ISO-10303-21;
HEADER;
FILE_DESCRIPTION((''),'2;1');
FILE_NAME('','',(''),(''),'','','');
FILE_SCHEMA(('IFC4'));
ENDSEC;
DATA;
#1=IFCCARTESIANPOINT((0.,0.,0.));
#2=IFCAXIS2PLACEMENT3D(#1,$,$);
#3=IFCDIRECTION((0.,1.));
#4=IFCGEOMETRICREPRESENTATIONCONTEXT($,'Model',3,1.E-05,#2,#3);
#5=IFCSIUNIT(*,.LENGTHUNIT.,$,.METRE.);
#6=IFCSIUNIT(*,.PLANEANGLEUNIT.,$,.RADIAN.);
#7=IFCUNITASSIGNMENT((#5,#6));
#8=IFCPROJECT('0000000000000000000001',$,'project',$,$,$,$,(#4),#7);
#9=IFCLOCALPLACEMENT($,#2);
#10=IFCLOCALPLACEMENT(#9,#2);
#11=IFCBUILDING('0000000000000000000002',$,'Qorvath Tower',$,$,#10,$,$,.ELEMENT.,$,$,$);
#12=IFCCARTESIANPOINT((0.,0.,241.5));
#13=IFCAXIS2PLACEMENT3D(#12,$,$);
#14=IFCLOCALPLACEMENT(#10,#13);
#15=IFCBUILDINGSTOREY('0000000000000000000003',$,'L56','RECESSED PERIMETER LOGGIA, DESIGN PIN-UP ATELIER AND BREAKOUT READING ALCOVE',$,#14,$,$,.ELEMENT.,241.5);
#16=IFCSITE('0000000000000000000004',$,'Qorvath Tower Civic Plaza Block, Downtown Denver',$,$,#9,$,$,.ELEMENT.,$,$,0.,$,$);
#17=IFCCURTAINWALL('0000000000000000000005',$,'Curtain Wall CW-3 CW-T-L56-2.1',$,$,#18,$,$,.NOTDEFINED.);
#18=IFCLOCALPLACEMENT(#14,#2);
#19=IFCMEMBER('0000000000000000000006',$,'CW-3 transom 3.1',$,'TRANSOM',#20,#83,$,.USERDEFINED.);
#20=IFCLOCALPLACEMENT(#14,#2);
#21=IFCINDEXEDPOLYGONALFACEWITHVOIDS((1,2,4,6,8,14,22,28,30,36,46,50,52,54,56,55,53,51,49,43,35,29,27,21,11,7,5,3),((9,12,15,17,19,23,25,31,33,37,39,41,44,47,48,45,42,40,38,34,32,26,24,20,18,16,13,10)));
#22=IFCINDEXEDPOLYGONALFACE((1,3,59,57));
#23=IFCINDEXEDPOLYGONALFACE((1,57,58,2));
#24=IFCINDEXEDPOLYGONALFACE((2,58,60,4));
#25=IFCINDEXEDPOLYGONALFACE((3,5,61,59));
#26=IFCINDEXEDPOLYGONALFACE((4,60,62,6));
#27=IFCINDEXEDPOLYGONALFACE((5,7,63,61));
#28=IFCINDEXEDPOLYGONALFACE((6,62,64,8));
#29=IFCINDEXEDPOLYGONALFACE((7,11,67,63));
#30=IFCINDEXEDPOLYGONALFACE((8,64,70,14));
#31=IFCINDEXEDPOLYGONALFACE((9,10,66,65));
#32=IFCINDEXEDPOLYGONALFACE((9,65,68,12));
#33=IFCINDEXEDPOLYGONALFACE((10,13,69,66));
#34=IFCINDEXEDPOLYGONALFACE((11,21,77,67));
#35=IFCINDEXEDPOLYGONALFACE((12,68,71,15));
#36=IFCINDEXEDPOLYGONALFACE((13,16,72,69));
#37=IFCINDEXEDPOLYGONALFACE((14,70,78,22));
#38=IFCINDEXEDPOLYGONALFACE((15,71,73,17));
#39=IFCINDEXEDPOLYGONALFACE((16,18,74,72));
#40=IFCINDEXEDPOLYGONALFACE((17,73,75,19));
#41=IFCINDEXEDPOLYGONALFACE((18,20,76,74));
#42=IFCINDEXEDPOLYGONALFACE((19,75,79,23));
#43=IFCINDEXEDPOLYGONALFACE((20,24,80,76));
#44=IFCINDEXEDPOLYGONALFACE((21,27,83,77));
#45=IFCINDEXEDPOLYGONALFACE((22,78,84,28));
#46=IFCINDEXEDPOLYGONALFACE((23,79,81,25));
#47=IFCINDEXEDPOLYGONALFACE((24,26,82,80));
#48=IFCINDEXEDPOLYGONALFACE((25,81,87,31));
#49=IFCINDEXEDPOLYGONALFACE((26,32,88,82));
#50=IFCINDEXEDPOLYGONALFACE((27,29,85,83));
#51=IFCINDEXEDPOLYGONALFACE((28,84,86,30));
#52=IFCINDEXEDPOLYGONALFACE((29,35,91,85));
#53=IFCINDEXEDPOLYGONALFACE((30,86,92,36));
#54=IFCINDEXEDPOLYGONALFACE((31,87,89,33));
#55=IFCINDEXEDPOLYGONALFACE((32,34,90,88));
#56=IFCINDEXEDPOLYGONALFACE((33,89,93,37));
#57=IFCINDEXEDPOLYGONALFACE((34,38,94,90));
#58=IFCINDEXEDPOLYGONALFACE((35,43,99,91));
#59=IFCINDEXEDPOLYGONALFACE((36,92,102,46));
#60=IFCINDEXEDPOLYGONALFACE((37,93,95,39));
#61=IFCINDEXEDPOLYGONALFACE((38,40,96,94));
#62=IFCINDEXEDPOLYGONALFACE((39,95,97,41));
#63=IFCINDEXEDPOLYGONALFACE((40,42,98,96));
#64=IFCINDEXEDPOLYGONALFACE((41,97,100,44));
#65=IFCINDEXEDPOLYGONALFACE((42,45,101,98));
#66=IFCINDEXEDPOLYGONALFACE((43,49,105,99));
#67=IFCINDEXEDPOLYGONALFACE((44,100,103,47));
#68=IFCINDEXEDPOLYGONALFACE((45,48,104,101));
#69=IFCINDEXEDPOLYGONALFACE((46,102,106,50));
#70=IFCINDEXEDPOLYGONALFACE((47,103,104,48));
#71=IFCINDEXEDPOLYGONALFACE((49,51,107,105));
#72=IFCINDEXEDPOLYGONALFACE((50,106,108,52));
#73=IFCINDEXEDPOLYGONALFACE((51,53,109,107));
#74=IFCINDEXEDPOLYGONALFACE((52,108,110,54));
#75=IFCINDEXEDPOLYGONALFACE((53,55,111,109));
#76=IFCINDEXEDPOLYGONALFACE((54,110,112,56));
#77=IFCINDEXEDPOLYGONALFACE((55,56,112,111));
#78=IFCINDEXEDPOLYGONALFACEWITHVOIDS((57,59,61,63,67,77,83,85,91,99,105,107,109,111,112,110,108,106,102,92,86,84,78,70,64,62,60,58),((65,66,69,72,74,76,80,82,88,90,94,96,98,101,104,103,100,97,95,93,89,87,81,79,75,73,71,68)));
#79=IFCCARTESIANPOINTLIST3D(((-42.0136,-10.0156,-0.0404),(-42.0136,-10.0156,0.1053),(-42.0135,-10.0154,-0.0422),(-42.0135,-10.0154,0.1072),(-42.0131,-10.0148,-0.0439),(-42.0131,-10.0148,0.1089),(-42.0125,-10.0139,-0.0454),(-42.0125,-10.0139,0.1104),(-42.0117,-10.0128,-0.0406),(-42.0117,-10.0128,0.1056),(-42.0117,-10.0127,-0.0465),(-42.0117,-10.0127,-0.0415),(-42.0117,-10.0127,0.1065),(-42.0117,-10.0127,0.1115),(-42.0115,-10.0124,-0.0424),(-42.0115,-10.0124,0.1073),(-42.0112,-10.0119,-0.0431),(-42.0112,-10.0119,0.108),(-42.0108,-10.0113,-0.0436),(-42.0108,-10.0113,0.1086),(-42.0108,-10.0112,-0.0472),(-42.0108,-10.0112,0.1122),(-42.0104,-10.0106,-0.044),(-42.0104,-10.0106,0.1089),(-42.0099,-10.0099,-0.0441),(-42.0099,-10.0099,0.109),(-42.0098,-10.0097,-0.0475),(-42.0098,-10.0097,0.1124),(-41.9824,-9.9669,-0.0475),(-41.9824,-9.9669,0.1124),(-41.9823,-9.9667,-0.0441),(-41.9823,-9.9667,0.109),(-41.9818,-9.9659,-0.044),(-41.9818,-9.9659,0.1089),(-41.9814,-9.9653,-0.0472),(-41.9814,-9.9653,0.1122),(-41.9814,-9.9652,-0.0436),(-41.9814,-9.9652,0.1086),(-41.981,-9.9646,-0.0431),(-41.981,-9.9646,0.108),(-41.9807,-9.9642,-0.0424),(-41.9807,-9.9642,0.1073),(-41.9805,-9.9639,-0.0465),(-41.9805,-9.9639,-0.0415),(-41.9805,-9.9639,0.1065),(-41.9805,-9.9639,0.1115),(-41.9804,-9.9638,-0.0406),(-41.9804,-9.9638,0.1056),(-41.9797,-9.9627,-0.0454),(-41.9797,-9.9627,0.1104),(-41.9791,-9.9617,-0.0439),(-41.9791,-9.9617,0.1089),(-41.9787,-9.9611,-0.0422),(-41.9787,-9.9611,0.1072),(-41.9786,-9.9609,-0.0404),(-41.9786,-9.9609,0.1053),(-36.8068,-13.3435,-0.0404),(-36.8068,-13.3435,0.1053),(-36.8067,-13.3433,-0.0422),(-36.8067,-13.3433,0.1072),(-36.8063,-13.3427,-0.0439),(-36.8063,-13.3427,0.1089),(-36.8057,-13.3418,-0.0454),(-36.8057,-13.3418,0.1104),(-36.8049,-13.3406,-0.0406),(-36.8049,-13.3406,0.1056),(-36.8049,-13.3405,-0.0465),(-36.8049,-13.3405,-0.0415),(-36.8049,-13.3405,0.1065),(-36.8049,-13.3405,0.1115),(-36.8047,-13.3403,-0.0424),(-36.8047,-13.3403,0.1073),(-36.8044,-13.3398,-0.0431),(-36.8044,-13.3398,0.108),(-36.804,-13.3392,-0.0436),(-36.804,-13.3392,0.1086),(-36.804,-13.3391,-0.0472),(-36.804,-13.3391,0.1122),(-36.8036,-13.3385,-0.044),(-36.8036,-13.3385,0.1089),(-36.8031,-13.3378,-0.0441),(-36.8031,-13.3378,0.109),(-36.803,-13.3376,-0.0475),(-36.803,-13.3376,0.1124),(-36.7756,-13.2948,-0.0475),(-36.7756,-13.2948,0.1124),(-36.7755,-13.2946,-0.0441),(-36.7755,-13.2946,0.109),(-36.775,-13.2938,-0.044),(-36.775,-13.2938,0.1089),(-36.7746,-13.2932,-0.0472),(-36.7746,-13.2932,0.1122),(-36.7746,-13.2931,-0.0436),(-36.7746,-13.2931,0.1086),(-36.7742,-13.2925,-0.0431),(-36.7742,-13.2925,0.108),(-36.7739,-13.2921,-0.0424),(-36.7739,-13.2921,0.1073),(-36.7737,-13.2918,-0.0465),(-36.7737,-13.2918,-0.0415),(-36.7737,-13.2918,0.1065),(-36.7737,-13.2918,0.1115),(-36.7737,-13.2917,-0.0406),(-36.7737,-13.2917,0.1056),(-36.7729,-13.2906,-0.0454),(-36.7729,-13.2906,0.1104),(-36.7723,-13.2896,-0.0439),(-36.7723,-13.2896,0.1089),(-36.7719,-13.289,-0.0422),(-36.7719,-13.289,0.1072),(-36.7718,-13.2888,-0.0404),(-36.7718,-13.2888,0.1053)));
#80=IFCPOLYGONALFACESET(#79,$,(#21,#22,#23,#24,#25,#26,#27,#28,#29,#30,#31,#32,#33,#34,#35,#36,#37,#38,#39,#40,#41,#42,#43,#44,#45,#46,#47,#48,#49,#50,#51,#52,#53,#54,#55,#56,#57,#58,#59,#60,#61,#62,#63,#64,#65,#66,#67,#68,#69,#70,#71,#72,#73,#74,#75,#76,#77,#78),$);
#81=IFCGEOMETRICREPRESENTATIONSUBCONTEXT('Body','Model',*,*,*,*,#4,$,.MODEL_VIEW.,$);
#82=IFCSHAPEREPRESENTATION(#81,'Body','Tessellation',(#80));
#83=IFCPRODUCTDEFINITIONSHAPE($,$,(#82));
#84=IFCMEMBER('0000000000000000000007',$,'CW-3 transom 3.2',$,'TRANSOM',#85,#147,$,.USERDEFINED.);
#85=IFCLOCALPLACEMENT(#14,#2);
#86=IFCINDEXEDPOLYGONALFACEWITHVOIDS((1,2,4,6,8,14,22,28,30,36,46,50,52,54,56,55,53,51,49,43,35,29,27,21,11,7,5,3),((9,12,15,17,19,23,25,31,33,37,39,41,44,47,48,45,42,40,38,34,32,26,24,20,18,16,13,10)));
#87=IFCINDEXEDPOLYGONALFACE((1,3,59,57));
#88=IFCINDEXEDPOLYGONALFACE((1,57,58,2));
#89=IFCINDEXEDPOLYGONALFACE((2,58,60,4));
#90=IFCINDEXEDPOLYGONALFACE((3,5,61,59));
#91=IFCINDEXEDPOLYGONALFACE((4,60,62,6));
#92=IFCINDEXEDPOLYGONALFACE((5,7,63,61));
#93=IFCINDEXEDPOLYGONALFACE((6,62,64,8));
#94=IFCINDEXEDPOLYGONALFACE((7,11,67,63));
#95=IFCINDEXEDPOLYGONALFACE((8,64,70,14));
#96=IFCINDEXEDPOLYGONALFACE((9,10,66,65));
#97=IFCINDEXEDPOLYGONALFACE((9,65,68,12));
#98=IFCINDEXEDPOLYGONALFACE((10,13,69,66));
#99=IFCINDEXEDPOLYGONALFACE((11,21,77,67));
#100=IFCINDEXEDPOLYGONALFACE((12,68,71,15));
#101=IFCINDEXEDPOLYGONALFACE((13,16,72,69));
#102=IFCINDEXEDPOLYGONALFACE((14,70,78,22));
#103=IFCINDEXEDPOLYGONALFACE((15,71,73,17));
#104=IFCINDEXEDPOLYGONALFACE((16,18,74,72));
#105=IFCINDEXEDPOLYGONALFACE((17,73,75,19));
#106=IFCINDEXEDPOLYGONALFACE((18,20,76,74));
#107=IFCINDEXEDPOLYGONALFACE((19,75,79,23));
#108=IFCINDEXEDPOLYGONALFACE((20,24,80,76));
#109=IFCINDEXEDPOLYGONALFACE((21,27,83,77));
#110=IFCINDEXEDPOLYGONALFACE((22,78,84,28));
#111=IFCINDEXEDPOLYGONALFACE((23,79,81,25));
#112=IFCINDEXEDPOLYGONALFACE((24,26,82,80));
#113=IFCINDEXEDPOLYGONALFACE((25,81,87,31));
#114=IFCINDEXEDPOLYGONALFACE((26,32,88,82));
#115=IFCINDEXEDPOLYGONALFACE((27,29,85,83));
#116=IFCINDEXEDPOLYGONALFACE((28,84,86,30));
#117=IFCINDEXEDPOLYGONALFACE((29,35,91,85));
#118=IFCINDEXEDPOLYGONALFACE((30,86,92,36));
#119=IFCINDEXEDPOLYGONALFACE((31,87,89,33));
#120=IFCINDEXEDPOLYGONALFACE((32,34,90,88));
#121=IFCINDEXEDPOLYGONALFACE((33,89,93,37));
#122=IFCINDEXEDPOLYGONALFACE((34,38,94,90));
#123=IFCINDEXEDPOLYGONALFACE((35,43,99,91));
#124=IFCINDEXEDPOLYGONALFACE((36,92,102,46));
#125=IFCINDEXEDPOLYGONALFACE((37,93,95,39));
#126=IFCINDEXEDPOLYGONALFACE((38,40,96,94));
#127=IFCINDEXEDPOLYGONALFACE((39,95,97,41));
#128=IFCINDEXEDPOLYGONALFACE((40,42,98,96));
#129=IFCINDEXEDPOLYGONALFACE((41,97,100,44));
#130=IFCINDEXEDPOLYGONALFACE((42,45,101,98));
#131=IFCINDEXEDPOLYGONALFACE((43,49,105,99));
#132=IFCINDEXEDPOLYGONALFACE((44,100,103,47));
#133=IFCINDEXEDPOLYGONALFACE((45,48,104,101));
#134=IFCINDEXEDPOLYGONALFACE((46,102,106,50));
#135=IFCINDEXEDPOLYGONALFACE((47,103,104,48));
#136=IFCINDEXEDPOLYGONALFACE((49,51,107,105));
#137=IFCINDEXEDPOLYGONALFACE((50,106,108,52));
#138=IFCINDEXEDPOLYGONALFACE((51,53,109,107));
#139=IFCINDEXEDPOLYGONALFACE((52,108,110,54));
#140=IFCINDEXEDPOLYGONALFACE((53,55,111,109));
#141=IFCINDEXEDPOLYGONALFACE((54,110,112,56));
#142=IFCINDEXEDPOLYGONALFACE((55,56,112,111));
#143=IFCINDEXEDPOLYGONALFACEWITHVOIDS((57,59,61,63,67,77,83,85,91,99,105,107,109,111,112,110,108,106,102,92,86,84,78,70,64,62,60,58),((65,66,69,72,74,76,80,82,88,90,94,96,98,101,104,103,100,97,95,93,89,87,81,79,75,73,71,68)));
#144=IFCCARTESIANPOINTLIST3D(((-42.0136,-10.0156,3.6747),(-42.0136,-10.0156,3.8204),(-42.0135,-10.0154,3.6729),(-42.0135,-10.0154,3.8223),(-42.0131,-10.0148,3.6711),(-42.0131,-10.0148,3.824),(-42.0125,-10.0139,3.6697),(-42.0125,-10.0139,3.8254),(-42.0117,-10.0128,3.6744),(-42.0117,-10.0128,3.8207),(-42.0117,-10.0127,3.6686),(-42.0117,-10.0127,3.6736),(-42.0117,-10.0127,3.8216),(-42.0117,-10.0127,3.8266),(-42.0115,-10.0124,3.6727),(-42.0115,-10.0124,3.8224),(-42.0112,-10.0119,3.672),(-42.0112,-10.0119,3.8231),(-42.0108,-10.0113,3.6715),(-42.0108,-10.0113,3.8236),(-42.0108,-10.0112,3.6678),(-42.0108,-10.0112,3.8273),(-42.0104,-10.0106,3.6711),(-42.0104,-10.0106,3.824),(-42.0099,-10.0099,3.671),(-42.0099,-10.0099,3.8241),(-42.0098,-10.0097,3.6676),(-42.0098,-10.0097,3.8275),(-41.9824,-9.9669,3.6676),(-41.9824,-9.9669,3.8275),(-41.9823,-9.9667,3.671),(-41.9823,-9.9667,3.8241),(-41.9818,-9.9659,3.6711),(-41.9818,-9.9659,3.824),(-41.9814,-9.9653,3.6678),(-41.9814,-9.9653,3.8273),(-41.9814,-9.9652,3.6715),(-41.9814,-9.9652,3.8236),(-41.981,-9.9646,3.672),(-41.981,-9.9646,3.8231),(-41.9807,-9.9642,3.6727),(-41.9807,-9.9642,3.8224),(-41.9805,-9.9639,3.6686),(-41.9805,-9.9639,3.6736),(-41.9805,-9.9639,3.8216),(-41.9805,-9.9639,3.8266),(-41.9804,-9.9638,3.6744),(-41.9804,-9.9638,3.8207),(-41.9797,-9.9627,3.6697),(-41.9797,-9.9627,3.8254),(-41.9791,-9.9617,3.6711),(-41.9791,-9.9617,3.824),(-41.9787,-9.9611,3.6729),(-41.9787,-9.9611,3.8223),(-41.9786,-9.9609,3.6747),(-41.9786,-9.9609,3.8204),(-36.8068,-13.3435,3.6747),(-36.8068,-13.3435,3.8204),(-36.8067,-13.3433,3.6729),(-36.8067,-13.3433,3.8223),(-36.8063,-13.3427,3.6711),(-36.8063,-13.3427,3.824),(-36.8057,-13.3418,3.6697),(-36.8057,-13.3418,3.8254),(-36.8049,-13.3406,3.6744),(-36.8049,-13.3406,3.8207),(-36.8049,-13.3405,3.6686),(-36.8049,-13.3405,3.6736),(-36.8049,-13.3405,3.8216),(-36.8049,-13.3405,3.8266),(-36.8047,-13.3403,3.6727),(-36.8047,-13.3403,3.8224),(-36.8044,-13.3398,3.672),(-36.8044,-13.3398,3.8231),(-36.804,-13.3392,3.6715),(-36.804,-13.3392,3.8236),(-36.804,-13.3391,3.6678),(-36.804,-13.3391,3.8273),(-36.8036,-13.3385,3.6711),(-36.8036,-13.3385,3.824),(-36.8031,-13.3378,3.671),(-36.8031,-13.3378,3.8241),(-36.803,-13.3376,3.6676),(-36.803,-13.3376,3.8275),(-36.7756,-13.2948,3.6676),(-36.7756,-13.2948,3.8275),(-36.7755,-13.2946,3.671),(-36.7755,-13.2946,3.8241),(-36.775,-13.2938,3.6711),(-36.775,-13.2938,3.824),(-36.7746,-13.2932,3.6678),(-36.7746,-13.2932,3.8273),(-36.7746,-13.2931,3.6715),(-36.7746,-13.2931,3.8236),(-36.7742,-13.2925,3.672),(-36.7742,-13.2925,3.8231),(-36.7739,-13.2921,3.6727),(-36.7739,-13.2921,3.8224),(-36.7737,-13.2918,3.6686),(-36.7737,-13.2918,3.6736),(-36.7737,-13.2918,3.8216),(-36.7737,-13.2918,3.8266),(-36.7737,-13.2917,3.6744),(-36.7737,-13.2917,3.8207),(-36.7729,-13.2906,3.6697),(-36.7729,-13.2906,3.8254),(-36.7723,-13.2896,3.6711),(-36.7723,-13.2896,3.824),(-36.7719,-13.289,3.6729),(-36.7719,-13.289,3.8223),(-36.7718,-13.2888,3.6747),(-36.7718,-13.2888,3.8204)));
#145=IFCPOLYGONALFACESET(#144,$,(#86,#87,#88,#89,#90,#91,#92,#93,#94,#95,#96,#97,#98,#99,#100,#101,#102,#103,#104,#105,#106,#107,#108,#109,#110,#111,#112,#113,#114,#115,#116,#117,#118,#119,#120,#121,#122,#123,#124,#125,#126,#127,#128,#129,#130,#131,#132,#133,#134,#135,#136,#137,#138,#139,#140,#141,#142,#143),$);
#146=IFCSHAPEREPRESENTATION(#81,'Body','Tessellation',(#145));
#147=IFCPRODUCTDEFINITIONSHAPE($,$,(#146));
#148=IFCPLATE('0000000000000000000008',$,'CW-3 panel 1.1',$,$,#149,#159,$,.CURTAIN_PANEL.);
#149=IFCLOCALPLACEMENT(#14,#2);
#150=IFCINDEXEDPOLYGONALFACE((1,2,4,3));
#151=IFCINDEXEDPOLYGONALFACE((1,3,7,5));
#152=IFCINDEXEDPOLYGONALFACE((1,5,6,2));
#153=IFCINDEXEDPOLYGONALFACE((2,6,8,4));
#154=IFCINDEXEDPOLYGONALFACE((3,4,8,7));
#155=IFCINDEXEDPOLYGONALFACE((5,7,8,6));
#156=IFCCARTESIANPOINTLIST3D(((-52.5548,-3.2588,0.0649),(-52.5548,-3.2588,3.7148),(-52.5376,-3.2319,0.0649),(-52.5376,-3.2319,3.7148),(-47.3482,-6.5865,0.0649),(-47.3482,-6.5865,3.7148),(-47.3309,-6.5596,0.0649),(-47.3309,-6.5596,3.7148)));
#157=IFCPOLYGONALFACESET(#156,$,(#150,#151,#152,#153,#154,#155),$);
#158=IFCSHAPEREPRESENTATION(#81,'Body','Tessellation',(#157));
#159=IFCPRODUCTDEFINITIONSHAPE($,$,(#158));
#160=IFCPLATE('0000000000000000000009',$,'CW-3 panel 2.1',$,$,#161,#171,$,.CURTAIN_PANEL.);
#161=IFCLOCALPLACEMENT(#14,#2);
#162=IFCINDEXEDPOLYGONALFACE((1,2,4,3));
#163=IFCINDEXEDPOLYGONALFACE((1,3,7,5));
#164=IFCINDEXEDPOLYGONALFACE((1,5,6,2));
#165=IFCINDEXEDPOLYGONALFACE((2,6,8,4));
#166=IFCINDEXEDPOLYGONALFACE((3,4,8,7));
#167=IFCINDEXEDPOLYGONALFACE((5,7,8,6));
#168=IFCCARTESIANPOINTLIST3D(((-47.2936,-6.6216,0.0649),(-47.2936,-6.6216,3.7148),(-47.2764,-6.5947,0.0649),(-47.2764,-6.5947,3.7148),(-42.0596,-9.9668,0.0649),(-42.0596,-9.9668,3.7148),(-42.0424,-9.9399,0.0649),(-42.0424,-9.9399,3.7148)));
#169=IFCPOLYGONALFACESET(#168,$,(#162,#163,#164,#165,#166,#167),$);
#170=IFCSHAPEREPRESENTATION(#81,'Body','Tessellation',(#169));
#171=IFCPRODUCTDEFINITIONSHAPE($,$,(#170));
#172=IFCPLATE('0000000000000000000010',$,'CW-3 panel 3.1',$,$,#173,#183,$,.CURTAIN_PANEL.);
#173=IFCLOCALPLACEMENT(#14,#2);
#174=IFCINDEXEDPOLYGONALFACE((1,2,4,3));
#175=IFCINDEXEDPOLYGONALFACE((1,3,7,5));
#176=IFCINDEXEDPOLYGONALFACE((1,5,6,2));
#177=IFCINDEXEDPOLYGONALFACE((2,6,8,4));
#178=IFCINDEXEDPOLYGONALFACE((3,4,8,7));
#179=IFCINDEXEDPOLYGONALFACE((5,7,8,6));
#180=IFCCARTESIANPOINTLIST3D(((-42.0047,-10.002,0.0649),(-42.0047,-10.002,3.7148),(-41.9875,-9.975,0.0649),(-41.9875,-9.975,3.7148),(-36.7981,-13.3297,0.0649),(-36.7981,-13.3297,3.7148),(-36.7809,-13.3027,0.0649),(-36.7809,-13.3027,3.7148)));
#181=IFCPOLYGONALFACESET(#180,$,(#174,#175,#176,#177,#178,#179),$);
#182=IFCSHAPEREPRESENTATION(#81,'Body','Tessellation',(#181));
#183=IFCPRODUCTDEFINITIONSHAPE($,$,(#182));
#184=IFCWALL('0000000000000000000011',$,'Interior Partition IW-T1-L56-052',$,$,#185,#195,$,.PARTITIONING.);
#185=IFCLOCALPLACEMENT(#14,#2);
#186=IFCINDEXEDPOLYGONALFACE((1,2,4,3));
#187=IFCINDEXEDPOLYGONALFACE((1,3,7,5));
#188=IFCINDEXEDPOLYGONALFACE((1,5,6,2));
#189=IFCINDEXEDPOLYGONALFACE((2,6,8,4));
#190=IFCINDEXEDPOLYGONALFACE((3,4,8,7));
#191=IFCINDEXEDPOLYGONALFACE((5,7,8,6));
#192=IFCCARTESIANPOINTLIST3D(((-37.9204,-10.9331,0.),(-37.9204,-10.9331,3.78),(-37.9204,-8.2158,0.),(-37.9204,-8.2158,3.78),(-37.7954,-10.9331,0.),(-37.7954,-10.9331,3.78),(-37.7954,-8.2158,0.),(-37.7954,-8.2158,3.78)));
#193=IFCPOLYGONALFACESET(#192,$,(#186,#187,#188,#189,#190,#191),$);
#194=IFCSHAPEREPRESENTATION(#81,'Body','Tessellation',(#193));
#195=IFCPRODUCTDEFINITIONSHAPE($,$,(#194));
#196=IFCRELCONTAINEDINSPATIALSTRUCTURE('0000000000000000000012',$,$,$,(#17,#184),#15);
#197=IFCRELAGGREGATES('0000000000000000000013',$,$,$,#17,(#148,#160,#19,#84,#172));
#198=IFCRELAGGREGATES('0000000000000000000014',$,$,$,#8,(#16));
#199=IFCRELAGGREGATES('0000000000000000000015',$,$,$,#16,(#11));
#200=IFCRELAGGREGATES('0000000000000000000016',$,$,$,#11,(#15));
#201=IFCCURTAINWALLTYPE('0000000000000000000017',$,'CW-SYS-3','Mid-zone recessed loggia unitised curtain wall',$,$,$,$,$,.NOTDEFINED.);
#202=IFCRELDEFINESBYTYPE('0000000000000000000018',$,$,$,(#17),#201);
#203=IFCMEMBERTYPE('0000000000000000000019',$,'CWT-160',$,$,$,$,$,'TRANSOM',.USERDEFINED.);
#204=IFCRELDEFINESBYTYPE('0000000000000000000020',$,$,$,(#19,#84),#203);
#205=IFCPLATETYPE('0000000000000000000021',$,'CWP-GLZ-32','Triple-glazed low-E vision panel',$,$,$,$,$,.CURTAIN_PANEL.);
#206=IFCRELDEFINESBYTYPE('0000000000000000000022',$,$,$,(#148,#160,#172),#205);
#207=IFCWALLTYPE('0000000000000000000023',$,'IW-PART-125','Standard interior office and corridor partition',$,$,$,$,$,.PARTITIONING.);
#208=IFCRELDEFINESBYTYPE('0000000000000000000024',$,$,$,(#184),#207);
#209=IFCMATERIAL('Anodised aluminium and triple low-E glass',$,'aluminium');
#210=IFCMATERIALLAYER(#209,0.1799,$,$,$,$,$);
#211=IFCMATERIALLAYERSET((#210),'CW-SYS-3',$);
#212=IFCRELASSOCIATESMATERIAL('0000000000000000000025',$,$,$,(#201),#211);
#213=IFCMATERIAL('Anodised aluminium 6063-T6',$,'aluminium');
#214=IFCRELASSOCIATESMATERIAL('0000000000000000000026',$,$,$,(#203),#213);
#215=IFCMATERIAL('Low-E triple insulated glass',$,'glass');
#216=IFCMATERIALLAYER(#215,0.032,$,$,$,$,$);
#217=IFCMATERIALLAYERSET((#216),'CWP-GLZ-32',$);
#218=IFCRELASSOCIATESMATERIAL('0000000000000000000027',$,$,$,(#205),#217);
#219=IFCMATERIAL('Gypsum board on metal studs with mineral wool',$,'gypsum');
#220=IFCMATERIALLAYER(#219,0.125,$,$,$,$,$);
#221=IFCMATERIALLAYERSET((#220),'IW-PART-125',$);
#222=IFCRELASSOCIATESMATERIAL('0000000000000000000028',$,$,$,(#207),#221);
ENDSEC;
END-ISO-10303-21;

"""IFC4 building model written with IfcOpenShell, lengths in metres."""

from ifc_helpers import new_model, si_unit, direction, frame, frame_2d, origin, origin_2d, place, context, subcontext, project, spatial, rectangle, hollow_rectangle, extrude, material, layer, layer_set, material_profile, profile_set, type_object, element, aggregate, save


model = new_model("IFC4")

# Units and contexts
model_context = context("Model", 3, precision=1e-05, world=origin(), true_north=direction((0.0, 1.0)))
body_context = subcontext(model_context, "Body", "Model", "MODEL_VIEW")
ifc_project = project(units=[si_unit("LENGTHUNIT", "METRE"), si_unit("PLANEANGLEUNIT", "RADIAN")], contexts=[model_context])

# Site, building, storey
site_placement = place(None, origin())
site = spatial("IfcSite", under=ifc_project, at=site_placement, Name="Qorvath Tower Civic Plaza Block, Downtown Denver", CompositionType="ELEMENT", RefElevation=0.0)
building_placement = place(site_placement, origin())
building = spatial("IfcBuilding", under=site, at=building_placement, Name="Qorvath Tower", CompositionType="ELEMENT")
storey_placement = place(building_placement, frame((0.0, 0.0, 241.5)))
storey = spatial("IfcBuildingStorey", under=building, at=storey_placement, Name="L56", Description="RECESSED PERIMETER LOGGIA, DESIGN PIN-UP ATELIER AND BREAKOUT READING ALCOVE", CompositionType="ELEMENT", Elevation=241.5)

# Curtain wall, members, plates
ifc_material_1 = material(Name="Anodised aluminium and triple low-E glass", Category="aluminium")
ifc_layer_1 = layer(ifc_material_1, 0.1799)
ifc_layer_set_1 = layer_set([ifc_layer_1], Name="CW-SYS-3")
curtain_wall_type = type_object("IfcCurtainWallType", Name="CW-SYS-3", Description="Mid-zone recessed loggia unitised curtain wall", PredefinedType="NOTDEFINED", material=ifc_layer_set_1)
curtain_wall_placement = place(storey_placement, origin())
curtain_wall = element("IfcCurtainWall", 1, at=curtain_wall_placement, inside=storey, type_object=curtain_wall_type, Name="Curtain Wall CW-3 CW-T-L56-2.1", PredefinedType="NOTDEFINED")
ifc_material_2 = material(Name="Anodised aluminium 6063-T6", Category="aluminium")
ifc_material_profile_1 = material_profile(ifc_material_2, hollow_rectangle(XDim=0.0649, YDim=0.1599, WallThickness=0.0034, InnerFilletRadius=0.0034, OuterFilletRadius=0.0071, at=origin_2d()), Name="CWT 160x65")
ifc_profile_set_1 = profile_set([ifc_material_profile_1], Name="Anodised aluminium 6063-T6")
member_type_1 = type_object("IfcMemberType", Name="CWT-160", ElementType="TRANSOM", PredefinedType="USERDEFINED", material=ifc_profile_set_1)
member_1_placement = place(storey_placement, frame((-41.9961, -9.9883, 0.0325), z_axis=(0.842599, -0.538541, 0.0), x_axis=(0.538541, 0.842599, 0.0)))
member_1 = element("IfcMember", 2, at=member_1_placement, type_object=member_type_1, Name="CW-3 transom 3.1", ObjectType="TRANSOM", PredefinedType="USERDEFINED", context=body_context, shape_type="SweptSolid", body=[
    extrude(hollow_rectangle(XDim=0.0649, YDim=0.1599, WallThickness=0.0034, InnerFilletRadius=0.0034, OuterFilletRadius=0.0071, at=origin_2d()), origin(), (0.0, 0.0, 1.0), 6.1794),
])
member_2_placement = place(storey_placement, frame((-41.9961, -9.9883, 3.7476), z_axis=(0.842599, -0.538541, 0.0), x_axis=(0.538541, 0.842599, 0.0)))
member_2 = element("IfcMember", 3, at=member_2_placement, type_object=member_type_1, Name="CW-3 transom 3.2", ObjectType="TRANSOM", PredefinedType="USERDEFINED", context=body_context, shape_type="SweptSolid", body=[
    extrude(hollow_rectangle(XDim=0.0649, YDim=0.1599, WallThickness=0.0034, InnerFilletRadius=0.0034, OuterFilletRadius=0.0071, at=origin_2d()), origin(), (0.0, 0.0, 1.0), 6.1794),
])
ifc_material_3 = material(Name="Low-E triple insulated glass", Category="glass")
ifc_layer_2 = layer(ifc_material_3, 0.032)
ifc_layer_set_2 = layer_set([ifc_layer_2], Name="CWP-GLZ-32")
plate_type = type_object("IfcPlateType", Name="CWP-GLZ-32", Description="Triple-glazed low-E vision panel", PredefinedType="CURTAIN_PANEL", material=ifc_layer_set_2)
plate_1_placement = place(storey_placement, frame((-49.9429, -4.9092, 0.0649), z_axis=(0.0, 0.0, 1.0), x_axis=(0.842605, -0.538531, 0.0)))
plate_1 = element("IfcPlate", 4, at=plate_1_placement, type_object=plate_type, Name="CW-3 panel 1.1", PredefinedType="CURTAIN_PANEL", context=body_context, shape_type="SweptSolid", body=[
    extrude(rectangle(XDim=6.1792, YDim=0.032, at=origin_2d()), origin(), (0.0, 0.0, 1.0), 3.6499),
])
plate_2_placement = place(storey_placement, frame((-44.668, -8.2808, 0.0649), z_axis=(0.0, 0.0, 1.0), x_axis=(0.842605, -0.538531, 0.0)))
plate_2 = element("IfcPlate", 5, at=plate_2_placement, type_object=plate_type, Name="CW-3 panel 2.1", PredefinedType="CURTAIN_PANEL", context=body_context, shape_type="SweptSolid", body=[
    extrude(rectangle(XDim=6.2117, YDim=0.032, at=origin_2d()), origin(), (0.0, 0.0, 1.0), 3.6499),
])
plate_3_placement = place(storey_placement, frame((-39.3928, -11.6523, 0.0649), z_axis=(0.0, 0.0, 1.0), x_axis=(0.842605, -0.538531, 0.0)))
plate_3 = element("IfcPlate", 6, at=plate_3_placement, type_object=plate_type, Name="CW-3 panel 3.1", PredefinedType="CURTAIN_PANEL", context=body_context, shape_type="SweptSolid", body=[
    extrude(rectangle(XDim=6.1792, YDim=0.032, at=origin_2d()), origin(), (0.0, 0.0, 1.0), 3.6499),
])
aggregate(curtain_wall, [plate_1, plate_2, member_1, member_2, plate_3])

# Shared definitions
ifc_material_4 = material(Name="Gypsum board on metal studs with mineral wool", Category="gypsum")
ifc_layer_3 = layer(ifc_material_4, 0.125)
ifc_layer_set_3 = layer_set([ifc_layer_3], Name="IW-PART-125")
wall_type_1 = type_object("IfcWallType", Name="IW-PART-125", Description="Standard interior office and corridor partition", PredefinedType="PARTITIONING", material=ifc_layer_set_3)

# Wall
wall_1_placement = place(storey_placement, frame((-37.8579, -10.9331, 0.0), z_axis=(0.0, 0.0, 1.0), x_axis=(0.0, 1.0, 0.0)))
element("IfcWall", 7, at=wall_1_placement, inside=storey, type_object=wall_type_1, Name="Interior Partition IW-T1-L56-052", PredefinedType="PARTITIONING", context=body_context, shape_type="SweptSolid", body=[
    extrude(rectangle(XDim=2.7173, YDim=0.125, at=frame_2d((1.3586, 0.0))), origin(), (0.0, 0.0, 1.0), 3.78),
])

save(model, "model.ifc")
